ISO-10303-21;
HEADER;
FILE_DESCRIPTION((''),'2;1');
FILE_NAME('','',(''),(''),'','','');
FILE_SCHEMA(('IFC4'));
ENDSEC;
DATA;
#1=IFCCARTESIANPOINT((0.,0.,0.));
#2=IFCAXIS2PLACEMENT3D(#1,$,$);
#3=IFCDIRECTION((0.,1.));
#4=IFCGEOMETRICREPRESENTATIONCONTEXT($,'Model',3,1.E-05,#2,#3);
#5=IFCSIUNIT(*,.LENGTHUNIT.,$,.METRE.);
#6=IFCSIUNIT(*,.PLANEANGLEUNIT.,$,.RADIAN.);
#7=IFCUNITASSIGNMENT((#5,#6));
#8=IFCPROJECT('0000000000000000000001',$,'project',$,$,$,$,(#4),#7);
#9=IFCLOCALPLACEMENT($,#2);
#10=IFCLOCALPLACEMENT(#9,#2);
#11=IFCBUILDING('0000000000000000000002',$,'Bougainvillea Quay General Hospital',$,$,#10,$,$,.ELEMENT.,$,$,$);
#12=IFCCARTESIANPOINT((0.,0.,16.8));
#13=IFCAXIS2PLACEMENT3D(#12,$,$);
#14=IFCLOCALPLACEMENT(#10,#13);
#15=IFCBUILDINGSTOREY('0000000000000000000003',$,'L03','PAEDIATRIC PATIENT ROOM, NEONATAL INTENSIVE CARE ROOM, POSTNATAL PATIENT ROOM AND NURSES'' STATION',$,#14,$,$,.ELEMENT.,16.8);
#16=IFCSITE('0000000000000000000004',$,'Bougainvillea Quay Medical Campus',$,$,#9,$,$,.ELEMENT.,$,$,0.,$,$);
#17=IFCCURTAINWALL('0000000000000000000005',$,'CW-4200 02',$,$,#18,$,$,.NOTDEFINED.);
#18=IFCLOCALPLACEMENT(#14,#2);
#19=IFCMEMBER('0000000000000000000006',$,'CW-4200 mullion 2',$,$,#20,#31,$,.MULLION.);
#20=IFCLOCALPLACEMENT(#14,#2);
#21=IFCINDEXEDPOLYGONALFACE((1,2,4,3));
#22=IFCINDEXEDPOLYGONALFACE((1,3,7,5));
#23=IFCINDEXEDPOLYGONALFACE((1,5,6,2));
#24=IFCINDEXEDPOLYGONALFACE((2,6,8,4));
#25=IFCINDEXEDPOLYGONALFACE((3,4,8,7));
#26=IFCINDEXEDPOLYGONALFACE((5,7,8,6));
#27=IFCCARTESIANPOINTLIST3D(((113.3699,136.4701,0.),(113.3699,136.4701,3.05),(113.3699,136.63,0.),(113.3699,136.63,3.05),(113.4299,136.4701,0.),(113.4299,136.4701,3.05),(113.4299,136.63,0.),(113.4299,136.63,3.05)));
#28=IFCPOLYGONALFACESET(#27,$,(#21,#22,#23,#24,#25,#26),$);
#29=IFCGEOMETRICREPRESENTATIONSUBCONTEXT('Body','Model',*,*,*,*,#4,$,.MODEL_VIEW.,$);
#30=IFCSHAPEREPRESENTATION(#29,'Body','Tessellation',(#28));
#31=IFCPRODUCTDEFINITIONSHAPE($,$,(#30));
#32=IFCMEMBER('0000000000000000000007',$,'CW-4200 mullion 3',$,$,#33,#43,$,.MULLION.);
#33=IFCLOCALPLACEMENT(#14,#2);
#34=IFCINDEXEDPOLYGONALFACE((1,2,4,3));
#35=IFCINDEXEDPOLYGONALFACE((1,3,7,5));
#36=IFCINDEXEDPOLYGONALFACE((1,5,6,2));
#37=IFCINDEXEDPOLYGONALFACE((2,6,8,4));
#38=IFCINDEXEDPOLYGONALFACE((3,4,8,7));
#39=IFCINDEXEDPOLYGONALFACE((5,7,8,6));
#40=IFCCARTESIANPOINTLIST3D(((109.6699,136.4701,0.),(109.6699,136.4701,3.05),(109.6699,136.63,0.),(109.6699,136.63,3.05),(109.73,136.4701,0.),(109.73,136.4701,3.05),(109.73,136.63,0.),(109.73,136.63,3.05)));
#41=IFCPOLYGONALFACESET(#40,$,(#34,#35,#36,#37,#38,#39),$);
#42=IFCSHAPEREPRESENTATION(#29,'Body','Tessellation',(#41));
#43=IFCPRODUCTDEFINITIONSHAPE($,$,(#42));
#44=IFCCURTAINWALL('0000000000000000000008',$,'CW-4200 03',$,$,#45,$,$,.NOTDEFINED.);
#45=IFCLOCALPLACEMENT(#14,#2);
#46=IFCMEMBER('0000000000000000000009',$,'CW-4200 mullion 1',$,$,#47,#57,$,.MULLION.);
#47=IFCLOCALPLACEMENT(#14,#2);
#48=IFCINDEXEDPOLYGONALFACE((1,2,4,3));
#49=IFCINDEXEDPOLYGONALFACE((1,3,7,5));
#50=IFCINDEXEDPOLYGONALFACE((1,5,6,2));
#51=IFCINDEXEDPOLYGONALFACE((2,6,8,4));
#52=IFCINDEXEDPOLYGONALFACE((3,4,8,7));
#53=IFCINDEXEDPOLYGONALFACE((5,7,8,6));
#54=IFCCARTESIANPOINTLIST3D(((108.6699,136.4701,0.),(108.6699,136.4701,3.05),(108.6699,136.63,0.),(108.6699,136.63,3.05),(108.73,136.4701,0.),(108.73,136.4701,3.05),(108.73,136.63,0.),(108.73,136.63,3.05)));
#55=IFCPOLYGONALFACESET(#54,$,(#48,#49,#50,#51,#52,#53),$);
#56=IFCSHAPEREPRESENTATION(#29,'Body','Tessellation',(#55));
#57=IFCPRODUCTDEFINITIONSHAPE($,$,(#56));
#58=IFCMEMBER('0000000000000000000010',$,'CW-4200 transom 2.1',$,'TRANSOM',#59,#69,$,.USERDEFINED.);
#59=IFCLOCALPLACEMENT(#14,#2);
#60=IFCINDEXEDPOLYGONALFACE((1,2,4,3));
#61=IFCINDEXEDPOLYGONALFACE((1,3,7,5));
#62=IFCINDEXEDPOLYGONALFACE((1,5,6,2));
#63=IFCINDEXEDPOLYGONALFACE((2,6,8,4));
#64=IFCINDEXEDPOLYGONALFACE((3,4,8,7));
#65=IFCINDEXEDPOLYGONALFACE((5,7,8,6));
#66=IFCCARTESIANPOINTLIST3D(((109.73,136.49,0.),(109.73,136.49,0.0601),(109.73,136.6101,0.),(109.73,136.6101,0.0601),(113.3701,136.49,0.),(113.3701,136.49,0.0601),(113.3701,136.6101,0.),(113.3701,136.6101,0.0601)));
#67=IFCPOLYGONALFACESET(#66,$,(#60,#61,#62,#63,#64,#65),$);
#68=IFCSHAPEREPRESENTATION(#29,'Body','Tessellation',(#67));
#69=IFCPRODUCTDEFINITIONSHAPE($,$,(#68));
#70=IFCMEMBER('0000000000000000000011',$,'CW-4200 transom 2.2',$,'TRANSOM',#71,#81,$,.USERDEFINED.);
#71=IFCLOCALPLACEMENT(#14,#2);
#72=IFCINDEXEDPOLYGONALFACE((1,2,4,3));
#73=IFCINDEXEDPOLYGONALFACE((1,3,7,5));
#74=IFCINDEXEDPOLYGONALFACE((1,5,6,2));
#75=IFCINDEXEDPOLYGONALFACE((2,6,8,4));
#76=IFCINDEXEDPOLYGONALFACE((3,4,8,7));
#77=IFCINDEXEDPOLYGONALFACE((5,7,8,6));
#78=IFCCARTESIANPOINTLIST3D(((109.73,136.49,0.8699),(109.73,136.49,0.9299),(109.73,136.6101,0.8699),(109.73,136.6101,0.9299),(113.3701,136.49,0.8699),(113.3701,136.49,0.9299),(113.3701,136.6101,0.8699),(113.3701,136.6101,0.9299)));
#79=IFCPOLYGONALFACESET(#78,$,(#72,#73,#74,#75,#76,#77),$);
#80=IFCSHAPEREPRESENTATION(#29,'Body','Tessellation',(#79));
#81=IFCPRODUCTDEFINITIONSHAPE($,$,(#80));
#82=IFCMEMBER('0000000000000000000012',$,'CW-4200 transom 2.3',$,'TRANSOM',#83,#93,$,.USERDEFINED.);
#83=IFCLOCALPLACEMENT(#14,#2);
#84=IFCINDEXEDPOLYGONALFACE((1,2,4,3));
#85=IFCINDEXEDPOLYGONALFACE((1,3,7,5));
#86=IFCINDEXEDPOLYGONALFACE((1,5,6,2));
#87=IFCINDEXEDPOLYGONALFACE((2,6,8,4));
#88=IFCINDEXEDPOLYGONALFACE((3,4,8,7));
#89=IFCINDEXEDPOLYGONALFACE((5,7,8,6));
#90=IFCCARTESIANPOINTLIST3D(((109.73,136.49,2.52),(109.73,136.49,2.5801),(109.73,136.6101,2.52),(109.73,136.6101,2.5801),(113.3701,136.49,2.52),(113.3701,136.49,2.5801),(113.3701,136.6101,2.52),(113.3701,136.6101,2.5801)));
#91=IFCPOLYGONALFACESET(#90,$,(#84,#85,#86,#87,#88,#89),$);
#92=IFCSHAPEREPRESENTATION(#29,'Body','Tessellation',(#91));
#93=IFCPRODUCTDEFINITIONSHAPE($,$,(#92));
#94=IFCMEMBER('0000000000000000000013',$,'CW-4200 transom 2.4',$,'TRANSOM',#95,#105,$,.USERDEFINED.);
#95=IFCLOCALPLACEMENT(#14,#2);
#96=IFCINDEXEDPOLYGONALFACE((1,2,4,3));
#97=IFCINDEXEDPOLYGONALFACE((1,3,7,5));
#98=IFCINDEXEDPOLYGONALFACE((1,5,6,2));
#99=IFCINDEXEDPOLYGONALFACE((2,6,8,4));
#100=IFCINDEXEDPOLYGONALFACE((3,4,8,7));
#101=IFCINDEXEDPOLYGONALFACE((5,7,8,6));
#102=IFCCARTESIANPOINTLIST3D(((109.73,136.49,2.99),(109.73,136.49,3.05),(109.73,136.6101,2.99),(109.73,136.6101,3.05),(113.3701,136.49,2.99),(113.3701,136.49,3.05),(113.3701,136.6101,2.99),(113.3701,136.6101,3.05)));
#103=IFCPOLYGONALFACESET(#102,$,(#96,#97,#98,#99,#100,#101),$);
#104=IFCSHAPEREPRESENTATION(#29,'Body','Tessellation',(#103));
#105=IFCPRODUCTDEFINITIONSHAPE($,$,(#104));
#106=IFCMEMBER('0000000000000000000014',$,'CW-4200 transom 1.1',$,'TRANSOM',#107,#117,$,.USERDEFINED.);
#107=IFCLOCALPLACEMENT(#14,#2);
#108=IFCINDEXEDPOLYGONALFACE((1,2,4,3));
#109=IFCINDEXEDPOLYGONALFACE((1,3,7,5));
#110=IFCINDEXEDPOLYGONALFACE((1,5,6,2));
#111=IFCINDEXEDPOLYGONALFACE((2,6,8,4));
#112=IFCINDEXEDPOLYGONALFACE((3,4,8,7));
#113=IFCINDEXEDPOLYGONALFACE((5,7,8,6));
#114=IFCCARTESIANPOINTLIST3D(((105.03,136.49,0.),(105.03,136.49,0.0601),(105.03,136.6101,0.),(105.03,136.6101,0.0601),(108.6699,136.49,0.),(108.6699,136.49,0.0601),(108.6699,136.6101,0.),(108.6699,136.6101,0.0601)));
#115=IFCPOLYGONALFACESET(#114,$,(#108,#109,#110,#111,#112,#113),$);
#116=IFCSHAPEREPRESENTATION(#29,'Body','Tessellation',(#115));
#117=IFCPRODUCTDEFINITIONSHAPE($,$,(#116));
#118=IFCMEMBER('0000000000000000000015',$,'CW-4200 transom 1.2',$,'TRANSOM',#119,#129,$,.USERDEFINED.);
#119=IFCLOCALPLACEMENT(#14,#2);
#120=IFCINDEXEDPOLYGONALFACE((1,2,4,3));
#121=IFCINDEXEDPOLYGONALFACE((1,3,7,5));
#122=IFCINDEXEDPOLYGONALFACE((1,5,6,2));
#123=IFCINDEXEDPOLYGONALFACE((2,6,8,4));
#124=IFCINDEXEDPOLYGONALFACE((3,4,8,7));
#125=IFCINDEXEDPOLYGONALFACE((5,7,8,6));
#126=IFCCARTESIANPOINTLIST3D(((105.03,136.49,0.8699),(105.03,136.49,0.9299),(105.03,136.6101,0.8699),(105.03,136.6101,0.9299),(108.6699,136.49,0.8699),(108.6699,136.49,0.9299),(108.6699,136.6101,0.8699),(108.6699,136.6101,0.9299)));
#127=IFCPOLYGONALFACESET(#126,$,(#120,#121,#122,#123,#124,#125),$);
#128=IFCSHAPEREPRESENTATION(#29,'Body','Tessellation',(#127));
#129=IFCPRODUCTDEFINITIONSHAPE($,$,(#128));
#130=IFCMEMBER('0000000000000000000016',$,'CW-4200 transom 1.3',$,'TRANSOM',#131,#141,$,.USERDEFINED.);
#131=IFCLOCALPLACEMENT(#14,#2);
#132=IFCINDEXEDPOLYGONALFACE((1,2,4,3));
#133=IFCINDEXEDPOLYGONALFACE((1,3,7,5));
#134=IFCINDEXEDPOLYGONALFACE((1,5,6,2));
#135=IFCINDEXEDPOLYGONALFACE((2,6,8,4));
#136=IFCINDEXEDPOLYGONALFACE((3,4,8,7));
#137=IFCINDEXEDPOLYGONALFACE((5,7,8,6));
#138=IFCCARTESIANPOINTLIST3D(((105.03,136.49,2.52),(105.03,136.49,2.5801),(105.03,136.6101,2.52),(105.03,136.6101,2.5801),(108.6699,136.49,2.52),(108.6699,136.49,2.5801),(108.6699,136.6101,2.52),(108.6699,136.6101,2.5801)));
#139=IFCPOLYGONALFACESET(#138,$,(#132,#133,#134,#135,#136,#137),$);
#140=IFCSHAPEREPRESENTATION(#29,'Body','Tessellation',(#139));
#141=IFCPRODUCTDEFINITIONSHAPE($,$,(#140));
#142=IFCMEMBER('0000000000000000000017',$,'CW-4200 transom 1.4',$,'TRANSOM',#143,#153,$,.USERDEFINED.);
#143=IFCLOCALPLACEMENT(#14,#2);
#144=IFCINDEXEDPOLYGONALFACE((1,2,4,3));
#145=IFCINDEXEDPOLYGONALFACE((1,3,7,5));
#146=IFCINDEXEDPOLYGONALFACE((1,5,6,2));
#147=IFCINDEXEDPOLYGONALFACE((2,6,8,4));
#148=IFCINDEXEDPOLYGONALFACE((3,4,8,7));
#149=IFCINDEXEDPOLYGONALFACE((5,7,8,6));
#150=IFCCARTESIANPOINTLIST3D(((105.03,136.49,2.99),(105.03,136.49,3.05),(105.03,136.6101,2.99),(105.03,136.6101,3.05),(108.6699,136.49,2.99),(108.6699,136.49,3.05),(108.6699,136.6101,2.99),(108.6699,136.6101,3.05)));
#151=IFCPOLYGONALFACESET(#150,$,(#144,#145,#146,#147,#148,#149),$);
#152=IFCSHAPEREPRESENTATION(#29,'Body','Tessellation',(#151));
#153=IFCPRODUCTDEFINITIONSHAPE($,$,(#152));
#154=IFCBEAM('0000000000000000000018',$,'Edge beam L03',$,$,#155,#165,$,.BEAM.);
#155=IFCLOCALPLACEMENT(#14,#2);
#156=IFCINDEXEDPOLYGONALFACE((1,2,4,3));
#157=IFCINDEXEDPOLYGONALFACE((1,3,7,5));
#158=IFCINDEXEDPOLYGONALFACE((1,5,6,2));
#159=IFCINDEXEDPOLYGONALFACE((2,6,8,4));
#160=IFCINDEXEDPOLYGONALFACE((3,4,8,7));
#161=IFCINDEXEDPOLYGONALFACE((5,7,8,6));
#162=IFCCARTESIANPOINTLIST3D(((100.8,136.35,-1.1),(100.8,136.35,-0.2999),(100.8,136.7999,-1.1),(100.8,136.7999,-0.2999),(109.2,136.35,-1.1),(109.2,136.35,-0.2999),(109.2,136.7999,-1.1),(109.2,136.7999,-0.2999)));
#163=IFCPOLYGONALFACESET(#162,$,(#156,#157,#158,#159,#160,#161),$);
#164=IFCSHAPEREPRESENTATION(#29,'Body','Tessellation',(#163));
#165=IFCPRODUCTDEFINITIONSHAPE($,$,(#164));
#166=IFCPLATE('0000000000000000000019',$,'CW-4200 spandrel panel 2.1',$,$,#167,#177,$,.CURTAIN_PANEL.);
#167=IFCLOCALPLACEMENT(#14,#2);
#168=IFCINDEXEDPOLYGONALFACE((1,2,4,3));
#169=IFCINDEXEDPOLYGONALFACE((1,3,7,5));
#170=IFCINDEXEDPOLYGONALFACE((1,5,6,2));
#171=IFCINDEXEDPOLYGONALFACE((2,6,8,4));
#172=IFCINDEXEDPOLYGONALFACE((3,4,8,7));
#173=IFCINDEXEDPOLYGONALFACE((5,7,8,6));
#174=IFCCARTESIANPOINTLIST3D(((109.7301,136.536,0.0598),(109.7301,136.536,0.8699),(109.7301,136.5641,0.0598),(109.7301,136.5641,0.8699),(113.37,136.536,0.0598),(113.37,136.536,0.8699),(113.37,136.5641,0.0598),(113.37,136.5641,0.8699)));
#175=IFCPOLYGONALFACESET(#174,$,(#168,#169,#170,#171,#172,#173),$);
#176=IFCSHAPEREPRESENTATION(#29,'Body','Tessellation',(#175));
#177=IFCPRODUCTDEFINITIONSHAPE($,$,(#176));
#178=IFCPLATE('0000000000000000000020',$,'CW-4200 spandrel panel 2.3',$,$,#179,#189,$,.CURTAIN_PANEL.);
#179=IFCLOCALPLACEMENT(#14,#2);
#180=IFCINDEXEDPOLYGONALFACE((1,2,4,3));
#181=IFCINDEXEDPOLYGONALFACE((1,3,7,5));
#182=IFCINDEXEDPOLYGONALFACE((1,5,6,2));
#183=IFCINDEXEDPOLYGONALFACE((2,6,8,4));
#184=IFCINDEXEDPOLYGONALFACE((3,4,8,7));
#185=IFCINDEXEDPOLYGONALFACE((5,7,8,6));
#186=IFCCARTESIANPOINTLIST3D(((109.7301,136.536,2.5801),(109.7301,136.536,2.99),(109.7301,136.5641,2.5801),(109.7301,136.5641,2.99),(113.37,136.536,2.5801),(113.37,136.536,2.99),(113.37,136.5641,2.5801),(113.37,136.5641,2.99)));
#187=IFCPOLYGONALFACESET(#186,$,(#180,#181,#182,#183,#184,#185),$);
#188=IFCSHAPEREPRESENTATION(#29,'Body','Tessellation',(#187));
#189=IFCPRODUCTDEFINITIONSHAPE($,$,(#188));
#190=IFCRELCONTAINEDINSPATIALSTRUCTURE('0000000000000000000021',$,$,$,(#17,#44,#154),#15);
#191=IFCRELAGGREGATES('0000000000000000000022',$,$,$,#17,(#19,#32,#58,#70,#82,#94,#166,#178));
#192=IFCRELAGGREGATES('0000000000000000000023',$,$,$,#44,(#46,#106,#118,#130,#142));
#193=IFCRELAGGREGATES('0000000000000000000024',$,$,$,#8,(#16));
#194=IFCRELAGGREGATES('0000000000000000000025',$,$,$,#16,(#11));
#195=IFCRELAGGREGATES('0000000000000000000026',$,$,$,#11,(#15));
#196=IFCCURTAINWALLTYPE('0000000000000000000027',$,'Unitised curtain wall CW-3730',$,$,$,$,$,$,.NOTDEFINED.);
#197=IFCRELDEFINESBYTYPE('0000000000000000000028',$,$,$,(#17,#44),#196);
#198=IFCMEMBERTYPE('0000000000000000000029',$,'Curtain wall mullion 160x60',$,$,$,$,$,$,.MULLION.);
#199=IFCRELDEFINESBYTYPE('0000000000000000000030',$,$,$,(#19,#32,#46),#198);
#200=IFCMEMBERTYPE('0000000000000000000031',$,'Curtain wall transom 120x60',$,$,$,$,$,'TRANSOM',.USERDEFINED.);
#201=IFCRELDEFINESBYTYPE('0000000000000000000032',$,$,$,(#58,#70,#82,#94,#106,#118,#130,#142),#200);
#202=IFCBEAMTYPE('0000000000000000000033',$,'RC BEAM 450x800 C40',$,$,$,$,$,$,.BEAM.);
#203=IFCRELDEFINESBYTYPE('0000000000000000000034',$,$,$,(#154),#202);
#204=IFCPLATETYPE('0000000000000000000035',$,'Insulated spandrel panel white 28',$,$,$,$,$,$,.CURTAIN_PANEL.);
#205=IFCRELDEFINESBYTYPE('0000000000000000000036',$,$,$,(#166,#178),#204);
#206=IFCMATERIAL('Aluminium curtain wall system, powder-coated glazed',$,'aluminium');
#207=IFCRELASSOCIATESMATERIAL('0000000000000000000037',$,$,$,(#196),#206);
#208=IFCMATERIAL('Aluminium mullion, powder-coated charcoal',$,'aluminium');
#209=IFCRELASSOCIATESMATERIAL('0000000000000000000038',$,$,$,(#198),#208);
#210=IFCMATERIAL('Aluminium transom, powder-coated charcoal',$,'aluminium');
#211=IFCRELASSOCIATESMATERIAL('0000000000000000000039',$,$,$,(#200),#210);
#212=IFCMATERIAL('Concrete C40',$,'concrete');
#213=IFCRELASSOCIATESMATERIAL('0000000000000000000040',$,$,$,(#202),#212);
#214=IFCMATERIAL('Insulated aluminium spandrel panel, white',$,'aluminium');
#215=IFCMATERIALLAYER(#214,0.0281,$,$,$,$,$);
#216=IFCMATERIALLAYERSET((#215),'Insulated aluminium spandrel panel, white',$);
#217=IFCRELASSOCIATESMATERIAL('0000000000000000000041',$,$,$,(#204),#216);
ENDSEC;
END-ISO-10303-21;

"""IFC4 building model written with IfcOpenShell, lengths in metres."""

from ifc_helpers import new_model, si_unit, direction, frame, origin, origin_2d, place, context, subcontext, project, spatial, rectangle, extrude, material, layer, layer_set, material_profile, profile_set, type_object, element, aggregate, save


model = new_model("IFC4")

# Units and contexts
model_context = context("Model", 3, precision=1e-05, world=origin(), true_north=direction((0.0, 1.0)))
body_context = subcontext(model_context, "Body", "Model", "MODEL_VIEW")
ifc_project = project(units=[si_unit("LENGTHUNIT", "METRE"), si_unit("PLANEANGLEUNIT", "RADIAN")], contexts=[model_context])

# Site, building, storey
site_placement = place(None, origin())
site = spatial("IfcSite", under=ifc_project, at=site_placement, Name="Bougainvillea Quay Medical Campus", CompositionType="ELEMENT", RefElevation=0.0)
building_placement = place(site_placement, origin())
building = spatial("IfcBuilding", under=site, at=building_placement, Name="Bougainvillea Quay General Hospital", CompositionType="ELEMENT")
storey_placement = place(building_placement, frame((0.0, 0.0, 16.8)))
storey = spatial("IfcBuildingStorey", under=building, at=storey_placement, Name="L03", Description="PAEDIATRIC PATIENT ROOM, NEONATAL INTENSIVE CARE ROOM, POSTNATAL PATIENT ROOM AND NURSES' STATION", CompositionType="ELEMENT", Elevation=16.8)

# Curtain wall, members
ifc_material_1 = material(Name="Aluminium curtain wall system, powder-coated glazed", Category="aluminium")
curtain_wall_type = type_object("IfcCurtainWallType", Name="Unitised curtain wall CW-3730", PredefinedType="NOTDEFINED", material=ifc_material_1)
curtain_wall_1_placement = place(storey_placement, origin())
curtain_wall_1 = element("IfcCurtainWall", 1, at=curtain_wall_1_placement, inside=storey, type_object=curtain_wall_type, Name="CW-4200 02", PredefinedType="NOTDEFINED")
ifc_material_2 = material(Name="Aluminium mullion, powder-coated charcoal", Category="aluminium")
ifc_material_profile_1 = material_profile(ifc_material_2, rectangle(XDim=0.1599, YDim=0.0601, at=origin_2d()))
ifc_profile_set_1 = profile_set([ifc_material_profile_1], Name="Aluminium mullion, powder-coated charcoal")
member_type_1 = type_object("IfcMemberType", Name="Curtain wall mullion 160x60", PredefinedType="MULLION", material=ifc_profile_set_1)
member_1_placement = place(storey_placement, frame((113.3999, 136.55, 0.0), z_axis=(0.0, 0.0, 1.0), x_axis=(0.0, -1.0, 0.0)))
member_1 = element("IfcMember", 2, at=member_1_placement, type_object=member_type_1, Name="CW-4200 mullion 2", PredefinedType="MULLION", context=body_context, shape_type="SweptSolid", body=[
    extrude(rectangle(XDim=0.1599, YDim=0.0601, at=origin_2d()), origin(), (0.0, 0.0, 1.0), 3.05),
])
member_2_placement = place(storey_placement, frame((109.7, 136.55, 0.0), z_axis=(0.0, 0.0, 1.0), x_axis=(0.0, -1.0, 0.0)))
member_2 = element("IfcMember", 3, at=member_2_placement, type_object=member_type_1, Name="CW-4200 mullion 3", PredefinedType="MULLION", context=body_context, shape_type="SweptSolid", body=[
    extrude(rectangle(XDim=0.1599, YDim=0.0601, at=origin_2d()), origin(), (0.0, 0.0, 1.0), 3.05),
])

# Curtain wall, member
curtain_wall_2_placement = place(storey_placement, origin())
curtain_wall_2 = element("IfcCurtainWall", 4, at=curtain_wall_2_placement, inside=storey, type_object=curtain_wall_type, Name="CW-4200 03", PredefinedType="NOTDEFINED")
member_3_placement = place(storey_placement, frame((108.7, 136.55, 0.0), z_axis=(0.0, 0.0, 1.0), x_axis=(0.0, -1.0, 0.0)))
member_3 = element("IfcMember", 5, at=member_3_placement, type_object=member_type_1, Name="CW-4200 mullion 1", PredefinedType="MULLION", context=body_context, shape_type="SweptSolid", body=[
    extrude(rectangle(XDim=0.1599, YDim=0.0601, at=origin_2d()), origin(), (0.0, 0.0, 1.0), 3.05),
])

# Members
ifc_material_3 = material(Name="Aluminium transom, powder-coated charcoal", Category="aluminium")
ifc_material_profile_2 = material_profile(ifc_material_3, rectangle(XDim=0.1201, YDim=0.0601, at=origin_2d()))
ifc_profile_set_2 = profile_set([ifc_material_profile_2], Name="Aluminium transom, powder-coated charcoal")
member_type_2 = type_object("IfcMemberType", Name="Curtain wall transom 120x60", ElementType="TRANSOM", PredefinedType="USERDEFINED", material=ifc_profile_set_2)
member_4_placement = place(storey_placement, frame((113.3701, 136.55, 0.03), z_axis=(-1.0, 0.0, 0.0), x_axis=(0.0, -1.0, 0.0)))
member_4 = element("IfcMember", 6, at=member_4_placement, type_object=member_type_2, Name="CW-4200 transom 2.1", ObjectType="TRANSOM", PredefinedType="USERDEFINED", context=body_context, shape_type="SweptSolid", body=[
    extrude(rectangle(XDim=0.1201, YDim=0.0601, at=origin_2d()), origin(), (0.0, 0.0, 1.0), 3.6401),
])
member_5_placement = place(storey_placement, frame((113.3701, 136.55, 0.8999), z_axis=(-1.0, 0.0, 0.0), x_axis=(0.0, -1.0, 0.0)))
member_5 = element("IfcMember", 7, at=member_5_placement, type_object=member_type_2, Name="CW-4200 transom 2.2", ObjectType="TRANSOM", PredefinedType="USERDEFINED", context=body_context, shape_type="SweptSolid", body=[
    extrude(rectangle(XDim=0.1201, YDim=0.0601, at=origin_2d()), origin(), (0.0, 0.0, 1.0), 3.6401),
])
member_6_placement = place(storey_placement, frame((113.3701, 136.55, 2.55), z_axis=(-1.0, 0.0, 0.0), x_axis=(0.0, -1.0, 0.0)))
member_6 = element("IfcMember", 8, at=member_6_placement, type_object=member_type_2, Name="CW-4200 transom 2.3", ObjectType="TRANSOM", PredefinedType="USERDEFINED", context=body_context, shape_type="SweptSolid", body=[
    extrude(rectangle(XDim=0.1201, YDim=0.0601, at=origin_2d()), origin(), (0.0, 0.0, 1.0), 3.6401),
])
member_7_placement = place(storey_placement, frame((113.3701, 136.55, 3.02), z_axis=(-1.0, 0.0, 0.0), x_axis=(0.0, -1.0, 0.0)))
member_7 = element("IfcMember", 9, at=member_7_placement, type_object=member_type_2, Name="CW-4200 transom 2.4", ObjectType="TRANSOM", PredefinedType="USERDEFINED", context=body_context, shape_type="SweptSolid", body=[
    extrude(rectangle(XDim=0.1201, YDim=0.0601, at=origin_2d()), origin(), (0.0, 0.0, 1.0), 3.6401),
])
member_8_placement = place(storey_placement, frame((108.6699, 136.55, 0.03), z_axis=(-1.0, 0.0, 0.0), x_axis=(0.0, -1.0, 0.0)))
member_8 = element("IfcMember", 10, at=member_8_placement, type_object=member_type_2, Name="CW-4200 transom 1.1", ObjectType="TRANSOM", PredefinedType="USERDEFINED", context=body_context, shape_type="SweptSolid", body=[
    extrude(rectangle(XDim=0.1201, YDim=0.0601, at=origin_2d()), origin(), (0.0, 0.0, 1.0), 3.6399),
])
member_9_placement = place(storey_placement, frame((108.6699, 136.55, 0.8999), z_axis=(-1.0, 0.0, 0.0), x_axis=(0.0, -1.0, 0.0)))
member_9 = element("IfcMember", 11, at=member_9_placement, type_object=member_type_2, Name="CW-4200 transom 1.2", ObjectType="TRANSOM", PredefinedType="USERDEFINED", context=body_context, shape_type="SweptSolid", body=[
    extrude(rectangle(XDim=0.1201, YDim=0.0601, at=origin_2d()), origin(), (0.0, 0.0, 1.0), 3.6399),
])
member_10_placement = place(storey_placement, frame((108.6699, 136.55, 2.55), z_axis=(-1.0, 0.0, 0.0), x_axis=(0.0, -1.0, 0.0)))
member_10 = element("IfcMember", 12, at=member_10_placement, type_object=member_type_2, Name="CW-4200 transom 1.3", ObjectType="TRANSOM", PredefinedType="USERDEFINED", context=body_context, shape_type="SweptSolid", body=[
    extrude(rectangle(XDim=0.1201, YDim=0.0601, at=origin_2d()), origin(), (0.0, 0.0, 1.0), 3.6399),
])
member_11_placement = place(storey_placement, frame((108.6699, 136.55, 3.02), z_axis=(-1.0, 0.0, 0.0), x_axis=(0.0, -1.0, 0.0)))
member_11 = element("IfcMember", 13, at=member_11_placement, type_object=member_type_2, Name="CW-4200 transom 1.4", ObjectType="TRANSOM", PredefinedType="USERDEFINED", context=body_context, shape_type="SweptSolid", body=[
    extrude(rectangle(XDim=0.1201, YDim=0.0601, at=origin_2d()), origin(), (0.0, 0.0, 1.0), 3.6399),
])

# Beam
ifc_material_4 = material(Name="Concrete C40", Category="concrete")
ifc_material_profile_3 = material_profile(ifc_material_4, rectangle(XDim=0.45, YDim=0.8, at=origin_2d()))
ifc_profile_set_3 = profile_set([ifc_material_profile_3], Name="Concrete C40")
beam_type = type_object("IfcBeamType", Name="RC BEAM 450x800 C40", PredefinedType="BEAM", material=ifc_profile_set_3)
beam_placement = place(storey_placement, frame((109.2, 136.575, -0.7), z_axis=(-1.0, 0.0, 0.0), x_axis=(0.0, -1.0, 0.0)))
element("IfcBeam", 14, at=beam_placement, inside=storey, type_object=beam_type, Name="Edge beam L03", PredefinedType="BEAM", context=body_context, shape_type="SweptSolid", body=[
    extrude(rectangle(XDim=0.45, YDim=0.8, at=origin_2d()), origin(), (0.0, 0.0, 1.0), 8.3999),
])

# Plates
ifc_material_5 = material(Name="Insulated aluminium spandrel panel, white", Category="aluminium")
ifc_layer_1 = layer(ifc_material_5, 0.0281)
ifc_layer_set_1 = layer_set([ifc_layer_1], Name="Insulated aluminium spandrel panel, white")
plate_type_1 = type_object("IfcPlateType", Name="Insulated spandrel panel white 28", PredefinedType="CURTAIN_PANEL", material=ifc_layer_set_1)
plate_1_placement = place(storey_placement, frame((111.55, 136.55, 0.0598), z_axis=(0.0, 0.0, 1.0), x_axis=(-1.0, 0.0, 0.0)))
plate_1 = element("IfcPlate", 15, at=plate_1_placement, type_object=plate_type_1, Name="CW-4200 spandrel panel 2.1", PredefinedType="CURTAIN_PANEL", context=body_context, shape_type="SweptSolid", body=[
    extrude(rectangle(XDim=3.6399, YDim=0.0281, at=origin_2d()), origin(), (0.0, 0.0, 1.0), 0.8101),
])
plate_2_placement = place(storey_placement, frame((111.55, 136.55, 2.5801), z_axis=(0.0, 0.0, 1.0), x_axis=(-1.0, 0.0, 0.0)))
plate_2 = element("IfcPlate", 16, at=plate_2_placement, type_object=plate_type_1, Name="CW-4200 spandrel panel 2.3", PredefinedType="CURTAIN_PANEL", context=body_context, shape_type="SweptSolid", body=[
    extrude(rectangle(XDim=3.6399, YDim=0.0281, at=origin_2d()), origin(), (0.0, 0.0, 1.0), 0.4099),
])
aggregate(curtain_wall_1, [member_1, member_2, member_4, member_5, member_6, member_7, plate_1, plate_2])
aggregate(curtain_wall_2, [member_3, member_8, member_9, member_10, member_11])

save(model, "model.ifc")
